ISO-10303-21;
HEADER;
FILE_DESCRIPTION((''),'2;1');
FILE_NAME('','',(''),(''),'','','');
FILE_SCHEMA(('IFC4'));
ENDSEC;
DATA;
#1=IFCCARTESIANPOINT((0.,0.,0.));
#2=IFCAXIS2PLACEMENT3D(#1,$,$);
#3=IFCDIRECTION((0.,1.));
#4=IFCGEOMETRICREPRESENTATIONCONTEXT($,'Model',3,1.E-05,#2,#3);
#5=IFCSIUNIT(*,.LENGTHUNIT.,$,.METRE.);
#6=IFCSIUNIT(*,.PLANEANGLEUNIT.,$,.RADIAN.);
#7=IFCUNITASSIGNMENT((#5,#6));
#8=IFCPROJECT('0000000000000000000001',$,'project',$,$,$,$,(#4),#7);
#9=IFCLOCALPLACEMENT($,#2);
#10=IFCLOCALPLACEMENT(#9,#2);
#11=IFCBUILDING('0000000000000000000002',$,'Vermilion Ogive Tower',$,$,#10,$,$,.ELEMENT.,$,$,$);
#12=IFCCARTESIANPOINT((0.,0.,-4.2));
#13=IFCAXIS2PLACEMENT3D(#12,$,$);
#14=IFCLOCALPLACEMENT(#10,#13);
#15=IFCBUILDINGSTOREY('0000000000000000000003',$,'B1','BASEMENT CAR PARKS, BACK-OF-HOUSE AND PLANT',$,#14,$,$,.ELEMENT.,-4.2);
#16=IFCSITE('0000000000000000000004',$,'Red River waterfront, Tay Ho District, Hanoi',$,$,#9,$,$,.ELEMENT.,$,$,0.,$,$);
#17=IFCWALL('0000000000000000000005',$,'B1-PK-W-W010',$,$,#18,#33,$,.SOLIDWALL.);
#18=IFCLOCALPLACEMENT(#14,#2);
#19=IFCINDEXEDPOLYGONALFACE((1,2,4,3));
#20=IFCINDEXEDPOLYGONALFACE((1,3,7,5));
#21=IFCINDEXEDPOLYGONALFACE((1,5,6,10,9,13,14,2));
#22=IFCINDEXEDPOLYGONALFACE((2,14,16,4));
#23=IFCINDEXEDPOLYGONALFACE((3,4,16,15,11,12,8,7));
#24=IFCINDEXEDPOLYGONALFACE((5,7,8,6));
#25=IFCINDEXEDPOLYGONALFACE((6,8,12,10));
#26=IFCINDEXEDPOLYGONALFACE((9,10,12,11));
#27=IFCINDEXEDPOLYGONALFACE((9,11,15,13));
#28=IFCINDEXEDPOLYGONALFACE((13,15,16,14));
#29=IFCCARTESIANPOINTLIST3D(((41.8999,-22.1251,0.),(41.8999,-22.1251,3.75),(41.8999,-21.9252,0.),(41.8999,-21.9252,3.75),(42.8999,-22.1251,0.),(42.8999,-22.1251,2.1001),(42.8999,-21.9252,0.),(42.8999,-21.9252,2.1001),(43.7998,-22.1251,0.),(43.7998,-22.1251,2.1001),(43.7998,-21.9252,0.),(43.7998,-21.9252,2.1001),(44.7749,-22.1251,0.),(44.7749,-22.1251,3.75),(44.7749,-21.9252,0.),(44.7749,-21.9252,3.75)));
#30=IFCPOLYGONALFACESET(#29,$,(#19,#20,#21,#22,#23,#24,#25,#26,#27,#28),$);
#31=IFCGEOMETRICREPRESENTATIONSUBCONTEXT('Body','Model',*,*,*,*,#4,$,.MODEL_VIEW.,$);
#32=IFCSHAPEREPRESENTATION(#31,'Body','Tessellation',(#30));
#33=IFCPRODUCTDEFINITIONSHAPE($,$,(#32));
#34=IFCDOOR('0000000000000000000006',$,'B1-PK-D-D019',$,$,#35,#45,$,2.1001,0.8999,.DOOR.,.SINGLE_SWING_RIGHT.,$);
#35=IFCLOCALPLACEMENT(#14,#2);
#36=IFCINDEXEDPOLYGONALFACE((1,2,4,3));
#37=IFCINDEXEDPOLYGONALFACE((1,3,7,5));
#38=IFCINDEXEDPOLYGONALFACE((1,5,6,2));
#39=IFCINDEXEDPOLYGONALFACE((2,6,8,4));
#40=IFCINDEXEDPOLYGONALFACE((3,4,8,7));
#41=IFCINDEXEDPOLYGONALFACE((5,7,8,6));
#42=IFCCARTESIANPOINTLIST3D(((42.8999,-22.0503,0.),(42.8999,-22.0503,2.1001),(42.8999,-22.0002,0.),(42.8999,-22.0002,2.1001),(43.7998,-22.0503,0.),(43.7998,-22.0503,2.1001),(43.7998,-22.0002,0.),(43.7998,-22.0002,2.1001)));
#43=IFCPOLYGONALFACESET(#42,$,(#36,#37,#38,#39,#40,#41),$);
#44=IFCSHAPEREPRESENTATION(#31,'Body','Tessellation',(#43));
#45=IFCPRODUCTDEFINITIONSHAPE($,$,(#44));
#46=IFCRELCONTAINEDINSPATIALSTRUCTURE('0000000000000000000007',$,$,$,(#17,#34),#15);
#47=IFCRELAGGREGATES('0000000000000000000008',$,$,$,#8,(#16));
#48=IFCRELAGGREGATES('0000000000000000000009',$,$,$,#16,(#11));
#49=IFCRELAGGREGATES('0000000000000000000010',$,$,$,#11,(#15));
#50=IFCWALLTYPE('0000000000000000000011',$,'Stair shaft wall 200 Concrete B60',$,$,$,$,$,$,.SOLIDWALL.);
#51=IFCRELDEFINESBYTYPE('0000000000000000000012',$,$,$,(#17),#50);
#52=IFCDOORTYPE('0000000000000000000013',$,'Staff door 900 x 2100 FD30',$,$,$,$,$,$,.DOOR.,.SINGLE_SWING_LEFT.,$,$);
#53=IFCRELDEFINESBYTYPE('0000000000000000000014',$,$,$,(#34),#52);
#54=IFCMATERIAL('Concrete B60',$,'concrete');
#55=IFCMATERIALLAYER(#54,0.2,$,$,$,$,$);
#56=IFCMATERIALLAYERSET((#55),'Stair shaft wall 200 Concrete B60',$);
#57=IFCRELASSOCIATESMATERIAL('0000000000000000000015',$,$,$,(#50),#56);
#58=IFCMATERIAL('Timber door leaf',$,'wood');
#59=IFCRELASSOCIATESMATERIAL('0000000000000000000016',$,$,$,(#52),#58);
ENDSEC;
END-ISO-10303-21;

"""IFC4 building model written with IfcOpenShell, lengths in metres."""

from ifc_helpers import new_model, si_unit, direction, frame, frame_2d, origin, place, context, subcontext, project, spatial, rectangle, extrude, material, layer, layer_set, type_object, element, fill, save


model = new_model("IFC4")

# Units and contexts
model_context = context("Model", 3, precision=1e-05, world=origin(), true_north=direction((0.0, 1.0)))
body_context = subcontext(model_context, "Body", "Model", "MODEL_VIEW")
ifc_project = project(units=[si_unit("LENGTHUNIT", "METRE"), si_unit("PLANEANGLEUNIT", "RADIAN")], contexts=[model_context])

# Site, building, storey
site_placement = place(None, origin())
site = spatial("IfcSite", under=ifc_project, at=site_placement, Name="Red River waterfront, Tay Ho District, Hanoi", CompositionType="ELEMENT", RefElevation=0.0)
building_placement = place(site_placement, origin())
building = spatial("IfcBuilding", under=site, at=building_placement, Name="Vermilion Ogive Tower", CompositionType="ELEMENT")
storey_placement = place(building_placement, frame((0.0, 0.0, -4.2)))
storey = spatial("IfcBuildingStorey", under=building, at=storey_placement, Name="B1", Description="BASEMENT CAR PARKS, BACK-OF-HOUSE AND PLANT", CompositionType="ELEMENT", Elevation=-4.2)

# Wall, opening, door
ifc_material_1 = material(Name="Concrete B60", Category="concrete")
ifc_layer_1 = layer(ifc_material_1, 0.2)
ifc_layer_set_1 = layer_set([ifc_layer_1], Name="Stair shaft wall 200 Concrete B60")
wall_type_1 = type_object("IfcWallType", Name="Stair shaft wall 200 Concrete B60", PredefinedType="SOLIDWALL", material=ifc_layer_set_1)
ifc_material_2 = material(Name="Timber door leaf", Category="wood")
door_type_1 = type_object("IfcDoorType", Name="Staff door 900 x 2100 FD30", OperationType="SINGLE_SWING_LEFT", PredefinedType="DOOR", material=ifc_material_2)
wall_1_placement = place(storey_placement, frame((41.8999, -22.0251, 0.0), z_axis=(0.0, 0.0, 1.0), x_axis=(1.0, 0.0, 0.0)))
wall_1 = element("IfcWall", 1, at=wall_1_placement, inside=storey, type_object=wall_type_1, Name="B1-PK-W-W010", PredefinedType="SOLIDWALL", context=body_context, shape_type="SweptSolid", body=[
    extrude(rectangle(XDim=2.875, YDim=0.2, at=frame_2d((1.4375, 0.0))), origin(), (0.0, 0.0, 1.0), 3.75),
])
opening_1_placement = place(wall_1_placement, frame((1.0, 0.0, 0.0)))
opening_1 = element("IfcOpeningElement", 2, at=opening_1_placement, cuts=wall_1, PredefinedType="OPENING", context=body_context, shape_type="SweptSolid", body=[
    extrude(rectangle(XDim=0.8999, YDim=2.1001, at=frame_2d((0.45, 1.05))), frame((0.0, 0.1099, 0.0), z_axis=(0.0, -1.0, 0.0), x_axis=(1.0, 0.0, 0.0)), (0.0, 0.0, 1.0), 0.22),
])
door_1_placement = place(opening_1_placement, origin())
door_1 = element("IfcDoor", 3, at=door_1_placement, inside=storey, type_object=door_type_1, Name="B1-PK-D-D019", OperationType="SINGLE_SWING_RIGHT", OverallHeight=2.1001, OverallWidth=0.8999, PredefinedType="DOOR", context=body_context, shape_type="SweptSolid", body=[
    extrude(rectangle(XDim=0.8999, YDim=2.1001, at=frame_2d((0.45, 1.05))), frame((0.0, 0.0249, 0.0), z_axis=(0.0, -1.0, 0.0), x_axis=(1.0, 0.0, 0.0)), (0.0, 0.0, 1.0), 0.05),
])
fill(opening_1, door_1)

save(model, "model.ifc")
